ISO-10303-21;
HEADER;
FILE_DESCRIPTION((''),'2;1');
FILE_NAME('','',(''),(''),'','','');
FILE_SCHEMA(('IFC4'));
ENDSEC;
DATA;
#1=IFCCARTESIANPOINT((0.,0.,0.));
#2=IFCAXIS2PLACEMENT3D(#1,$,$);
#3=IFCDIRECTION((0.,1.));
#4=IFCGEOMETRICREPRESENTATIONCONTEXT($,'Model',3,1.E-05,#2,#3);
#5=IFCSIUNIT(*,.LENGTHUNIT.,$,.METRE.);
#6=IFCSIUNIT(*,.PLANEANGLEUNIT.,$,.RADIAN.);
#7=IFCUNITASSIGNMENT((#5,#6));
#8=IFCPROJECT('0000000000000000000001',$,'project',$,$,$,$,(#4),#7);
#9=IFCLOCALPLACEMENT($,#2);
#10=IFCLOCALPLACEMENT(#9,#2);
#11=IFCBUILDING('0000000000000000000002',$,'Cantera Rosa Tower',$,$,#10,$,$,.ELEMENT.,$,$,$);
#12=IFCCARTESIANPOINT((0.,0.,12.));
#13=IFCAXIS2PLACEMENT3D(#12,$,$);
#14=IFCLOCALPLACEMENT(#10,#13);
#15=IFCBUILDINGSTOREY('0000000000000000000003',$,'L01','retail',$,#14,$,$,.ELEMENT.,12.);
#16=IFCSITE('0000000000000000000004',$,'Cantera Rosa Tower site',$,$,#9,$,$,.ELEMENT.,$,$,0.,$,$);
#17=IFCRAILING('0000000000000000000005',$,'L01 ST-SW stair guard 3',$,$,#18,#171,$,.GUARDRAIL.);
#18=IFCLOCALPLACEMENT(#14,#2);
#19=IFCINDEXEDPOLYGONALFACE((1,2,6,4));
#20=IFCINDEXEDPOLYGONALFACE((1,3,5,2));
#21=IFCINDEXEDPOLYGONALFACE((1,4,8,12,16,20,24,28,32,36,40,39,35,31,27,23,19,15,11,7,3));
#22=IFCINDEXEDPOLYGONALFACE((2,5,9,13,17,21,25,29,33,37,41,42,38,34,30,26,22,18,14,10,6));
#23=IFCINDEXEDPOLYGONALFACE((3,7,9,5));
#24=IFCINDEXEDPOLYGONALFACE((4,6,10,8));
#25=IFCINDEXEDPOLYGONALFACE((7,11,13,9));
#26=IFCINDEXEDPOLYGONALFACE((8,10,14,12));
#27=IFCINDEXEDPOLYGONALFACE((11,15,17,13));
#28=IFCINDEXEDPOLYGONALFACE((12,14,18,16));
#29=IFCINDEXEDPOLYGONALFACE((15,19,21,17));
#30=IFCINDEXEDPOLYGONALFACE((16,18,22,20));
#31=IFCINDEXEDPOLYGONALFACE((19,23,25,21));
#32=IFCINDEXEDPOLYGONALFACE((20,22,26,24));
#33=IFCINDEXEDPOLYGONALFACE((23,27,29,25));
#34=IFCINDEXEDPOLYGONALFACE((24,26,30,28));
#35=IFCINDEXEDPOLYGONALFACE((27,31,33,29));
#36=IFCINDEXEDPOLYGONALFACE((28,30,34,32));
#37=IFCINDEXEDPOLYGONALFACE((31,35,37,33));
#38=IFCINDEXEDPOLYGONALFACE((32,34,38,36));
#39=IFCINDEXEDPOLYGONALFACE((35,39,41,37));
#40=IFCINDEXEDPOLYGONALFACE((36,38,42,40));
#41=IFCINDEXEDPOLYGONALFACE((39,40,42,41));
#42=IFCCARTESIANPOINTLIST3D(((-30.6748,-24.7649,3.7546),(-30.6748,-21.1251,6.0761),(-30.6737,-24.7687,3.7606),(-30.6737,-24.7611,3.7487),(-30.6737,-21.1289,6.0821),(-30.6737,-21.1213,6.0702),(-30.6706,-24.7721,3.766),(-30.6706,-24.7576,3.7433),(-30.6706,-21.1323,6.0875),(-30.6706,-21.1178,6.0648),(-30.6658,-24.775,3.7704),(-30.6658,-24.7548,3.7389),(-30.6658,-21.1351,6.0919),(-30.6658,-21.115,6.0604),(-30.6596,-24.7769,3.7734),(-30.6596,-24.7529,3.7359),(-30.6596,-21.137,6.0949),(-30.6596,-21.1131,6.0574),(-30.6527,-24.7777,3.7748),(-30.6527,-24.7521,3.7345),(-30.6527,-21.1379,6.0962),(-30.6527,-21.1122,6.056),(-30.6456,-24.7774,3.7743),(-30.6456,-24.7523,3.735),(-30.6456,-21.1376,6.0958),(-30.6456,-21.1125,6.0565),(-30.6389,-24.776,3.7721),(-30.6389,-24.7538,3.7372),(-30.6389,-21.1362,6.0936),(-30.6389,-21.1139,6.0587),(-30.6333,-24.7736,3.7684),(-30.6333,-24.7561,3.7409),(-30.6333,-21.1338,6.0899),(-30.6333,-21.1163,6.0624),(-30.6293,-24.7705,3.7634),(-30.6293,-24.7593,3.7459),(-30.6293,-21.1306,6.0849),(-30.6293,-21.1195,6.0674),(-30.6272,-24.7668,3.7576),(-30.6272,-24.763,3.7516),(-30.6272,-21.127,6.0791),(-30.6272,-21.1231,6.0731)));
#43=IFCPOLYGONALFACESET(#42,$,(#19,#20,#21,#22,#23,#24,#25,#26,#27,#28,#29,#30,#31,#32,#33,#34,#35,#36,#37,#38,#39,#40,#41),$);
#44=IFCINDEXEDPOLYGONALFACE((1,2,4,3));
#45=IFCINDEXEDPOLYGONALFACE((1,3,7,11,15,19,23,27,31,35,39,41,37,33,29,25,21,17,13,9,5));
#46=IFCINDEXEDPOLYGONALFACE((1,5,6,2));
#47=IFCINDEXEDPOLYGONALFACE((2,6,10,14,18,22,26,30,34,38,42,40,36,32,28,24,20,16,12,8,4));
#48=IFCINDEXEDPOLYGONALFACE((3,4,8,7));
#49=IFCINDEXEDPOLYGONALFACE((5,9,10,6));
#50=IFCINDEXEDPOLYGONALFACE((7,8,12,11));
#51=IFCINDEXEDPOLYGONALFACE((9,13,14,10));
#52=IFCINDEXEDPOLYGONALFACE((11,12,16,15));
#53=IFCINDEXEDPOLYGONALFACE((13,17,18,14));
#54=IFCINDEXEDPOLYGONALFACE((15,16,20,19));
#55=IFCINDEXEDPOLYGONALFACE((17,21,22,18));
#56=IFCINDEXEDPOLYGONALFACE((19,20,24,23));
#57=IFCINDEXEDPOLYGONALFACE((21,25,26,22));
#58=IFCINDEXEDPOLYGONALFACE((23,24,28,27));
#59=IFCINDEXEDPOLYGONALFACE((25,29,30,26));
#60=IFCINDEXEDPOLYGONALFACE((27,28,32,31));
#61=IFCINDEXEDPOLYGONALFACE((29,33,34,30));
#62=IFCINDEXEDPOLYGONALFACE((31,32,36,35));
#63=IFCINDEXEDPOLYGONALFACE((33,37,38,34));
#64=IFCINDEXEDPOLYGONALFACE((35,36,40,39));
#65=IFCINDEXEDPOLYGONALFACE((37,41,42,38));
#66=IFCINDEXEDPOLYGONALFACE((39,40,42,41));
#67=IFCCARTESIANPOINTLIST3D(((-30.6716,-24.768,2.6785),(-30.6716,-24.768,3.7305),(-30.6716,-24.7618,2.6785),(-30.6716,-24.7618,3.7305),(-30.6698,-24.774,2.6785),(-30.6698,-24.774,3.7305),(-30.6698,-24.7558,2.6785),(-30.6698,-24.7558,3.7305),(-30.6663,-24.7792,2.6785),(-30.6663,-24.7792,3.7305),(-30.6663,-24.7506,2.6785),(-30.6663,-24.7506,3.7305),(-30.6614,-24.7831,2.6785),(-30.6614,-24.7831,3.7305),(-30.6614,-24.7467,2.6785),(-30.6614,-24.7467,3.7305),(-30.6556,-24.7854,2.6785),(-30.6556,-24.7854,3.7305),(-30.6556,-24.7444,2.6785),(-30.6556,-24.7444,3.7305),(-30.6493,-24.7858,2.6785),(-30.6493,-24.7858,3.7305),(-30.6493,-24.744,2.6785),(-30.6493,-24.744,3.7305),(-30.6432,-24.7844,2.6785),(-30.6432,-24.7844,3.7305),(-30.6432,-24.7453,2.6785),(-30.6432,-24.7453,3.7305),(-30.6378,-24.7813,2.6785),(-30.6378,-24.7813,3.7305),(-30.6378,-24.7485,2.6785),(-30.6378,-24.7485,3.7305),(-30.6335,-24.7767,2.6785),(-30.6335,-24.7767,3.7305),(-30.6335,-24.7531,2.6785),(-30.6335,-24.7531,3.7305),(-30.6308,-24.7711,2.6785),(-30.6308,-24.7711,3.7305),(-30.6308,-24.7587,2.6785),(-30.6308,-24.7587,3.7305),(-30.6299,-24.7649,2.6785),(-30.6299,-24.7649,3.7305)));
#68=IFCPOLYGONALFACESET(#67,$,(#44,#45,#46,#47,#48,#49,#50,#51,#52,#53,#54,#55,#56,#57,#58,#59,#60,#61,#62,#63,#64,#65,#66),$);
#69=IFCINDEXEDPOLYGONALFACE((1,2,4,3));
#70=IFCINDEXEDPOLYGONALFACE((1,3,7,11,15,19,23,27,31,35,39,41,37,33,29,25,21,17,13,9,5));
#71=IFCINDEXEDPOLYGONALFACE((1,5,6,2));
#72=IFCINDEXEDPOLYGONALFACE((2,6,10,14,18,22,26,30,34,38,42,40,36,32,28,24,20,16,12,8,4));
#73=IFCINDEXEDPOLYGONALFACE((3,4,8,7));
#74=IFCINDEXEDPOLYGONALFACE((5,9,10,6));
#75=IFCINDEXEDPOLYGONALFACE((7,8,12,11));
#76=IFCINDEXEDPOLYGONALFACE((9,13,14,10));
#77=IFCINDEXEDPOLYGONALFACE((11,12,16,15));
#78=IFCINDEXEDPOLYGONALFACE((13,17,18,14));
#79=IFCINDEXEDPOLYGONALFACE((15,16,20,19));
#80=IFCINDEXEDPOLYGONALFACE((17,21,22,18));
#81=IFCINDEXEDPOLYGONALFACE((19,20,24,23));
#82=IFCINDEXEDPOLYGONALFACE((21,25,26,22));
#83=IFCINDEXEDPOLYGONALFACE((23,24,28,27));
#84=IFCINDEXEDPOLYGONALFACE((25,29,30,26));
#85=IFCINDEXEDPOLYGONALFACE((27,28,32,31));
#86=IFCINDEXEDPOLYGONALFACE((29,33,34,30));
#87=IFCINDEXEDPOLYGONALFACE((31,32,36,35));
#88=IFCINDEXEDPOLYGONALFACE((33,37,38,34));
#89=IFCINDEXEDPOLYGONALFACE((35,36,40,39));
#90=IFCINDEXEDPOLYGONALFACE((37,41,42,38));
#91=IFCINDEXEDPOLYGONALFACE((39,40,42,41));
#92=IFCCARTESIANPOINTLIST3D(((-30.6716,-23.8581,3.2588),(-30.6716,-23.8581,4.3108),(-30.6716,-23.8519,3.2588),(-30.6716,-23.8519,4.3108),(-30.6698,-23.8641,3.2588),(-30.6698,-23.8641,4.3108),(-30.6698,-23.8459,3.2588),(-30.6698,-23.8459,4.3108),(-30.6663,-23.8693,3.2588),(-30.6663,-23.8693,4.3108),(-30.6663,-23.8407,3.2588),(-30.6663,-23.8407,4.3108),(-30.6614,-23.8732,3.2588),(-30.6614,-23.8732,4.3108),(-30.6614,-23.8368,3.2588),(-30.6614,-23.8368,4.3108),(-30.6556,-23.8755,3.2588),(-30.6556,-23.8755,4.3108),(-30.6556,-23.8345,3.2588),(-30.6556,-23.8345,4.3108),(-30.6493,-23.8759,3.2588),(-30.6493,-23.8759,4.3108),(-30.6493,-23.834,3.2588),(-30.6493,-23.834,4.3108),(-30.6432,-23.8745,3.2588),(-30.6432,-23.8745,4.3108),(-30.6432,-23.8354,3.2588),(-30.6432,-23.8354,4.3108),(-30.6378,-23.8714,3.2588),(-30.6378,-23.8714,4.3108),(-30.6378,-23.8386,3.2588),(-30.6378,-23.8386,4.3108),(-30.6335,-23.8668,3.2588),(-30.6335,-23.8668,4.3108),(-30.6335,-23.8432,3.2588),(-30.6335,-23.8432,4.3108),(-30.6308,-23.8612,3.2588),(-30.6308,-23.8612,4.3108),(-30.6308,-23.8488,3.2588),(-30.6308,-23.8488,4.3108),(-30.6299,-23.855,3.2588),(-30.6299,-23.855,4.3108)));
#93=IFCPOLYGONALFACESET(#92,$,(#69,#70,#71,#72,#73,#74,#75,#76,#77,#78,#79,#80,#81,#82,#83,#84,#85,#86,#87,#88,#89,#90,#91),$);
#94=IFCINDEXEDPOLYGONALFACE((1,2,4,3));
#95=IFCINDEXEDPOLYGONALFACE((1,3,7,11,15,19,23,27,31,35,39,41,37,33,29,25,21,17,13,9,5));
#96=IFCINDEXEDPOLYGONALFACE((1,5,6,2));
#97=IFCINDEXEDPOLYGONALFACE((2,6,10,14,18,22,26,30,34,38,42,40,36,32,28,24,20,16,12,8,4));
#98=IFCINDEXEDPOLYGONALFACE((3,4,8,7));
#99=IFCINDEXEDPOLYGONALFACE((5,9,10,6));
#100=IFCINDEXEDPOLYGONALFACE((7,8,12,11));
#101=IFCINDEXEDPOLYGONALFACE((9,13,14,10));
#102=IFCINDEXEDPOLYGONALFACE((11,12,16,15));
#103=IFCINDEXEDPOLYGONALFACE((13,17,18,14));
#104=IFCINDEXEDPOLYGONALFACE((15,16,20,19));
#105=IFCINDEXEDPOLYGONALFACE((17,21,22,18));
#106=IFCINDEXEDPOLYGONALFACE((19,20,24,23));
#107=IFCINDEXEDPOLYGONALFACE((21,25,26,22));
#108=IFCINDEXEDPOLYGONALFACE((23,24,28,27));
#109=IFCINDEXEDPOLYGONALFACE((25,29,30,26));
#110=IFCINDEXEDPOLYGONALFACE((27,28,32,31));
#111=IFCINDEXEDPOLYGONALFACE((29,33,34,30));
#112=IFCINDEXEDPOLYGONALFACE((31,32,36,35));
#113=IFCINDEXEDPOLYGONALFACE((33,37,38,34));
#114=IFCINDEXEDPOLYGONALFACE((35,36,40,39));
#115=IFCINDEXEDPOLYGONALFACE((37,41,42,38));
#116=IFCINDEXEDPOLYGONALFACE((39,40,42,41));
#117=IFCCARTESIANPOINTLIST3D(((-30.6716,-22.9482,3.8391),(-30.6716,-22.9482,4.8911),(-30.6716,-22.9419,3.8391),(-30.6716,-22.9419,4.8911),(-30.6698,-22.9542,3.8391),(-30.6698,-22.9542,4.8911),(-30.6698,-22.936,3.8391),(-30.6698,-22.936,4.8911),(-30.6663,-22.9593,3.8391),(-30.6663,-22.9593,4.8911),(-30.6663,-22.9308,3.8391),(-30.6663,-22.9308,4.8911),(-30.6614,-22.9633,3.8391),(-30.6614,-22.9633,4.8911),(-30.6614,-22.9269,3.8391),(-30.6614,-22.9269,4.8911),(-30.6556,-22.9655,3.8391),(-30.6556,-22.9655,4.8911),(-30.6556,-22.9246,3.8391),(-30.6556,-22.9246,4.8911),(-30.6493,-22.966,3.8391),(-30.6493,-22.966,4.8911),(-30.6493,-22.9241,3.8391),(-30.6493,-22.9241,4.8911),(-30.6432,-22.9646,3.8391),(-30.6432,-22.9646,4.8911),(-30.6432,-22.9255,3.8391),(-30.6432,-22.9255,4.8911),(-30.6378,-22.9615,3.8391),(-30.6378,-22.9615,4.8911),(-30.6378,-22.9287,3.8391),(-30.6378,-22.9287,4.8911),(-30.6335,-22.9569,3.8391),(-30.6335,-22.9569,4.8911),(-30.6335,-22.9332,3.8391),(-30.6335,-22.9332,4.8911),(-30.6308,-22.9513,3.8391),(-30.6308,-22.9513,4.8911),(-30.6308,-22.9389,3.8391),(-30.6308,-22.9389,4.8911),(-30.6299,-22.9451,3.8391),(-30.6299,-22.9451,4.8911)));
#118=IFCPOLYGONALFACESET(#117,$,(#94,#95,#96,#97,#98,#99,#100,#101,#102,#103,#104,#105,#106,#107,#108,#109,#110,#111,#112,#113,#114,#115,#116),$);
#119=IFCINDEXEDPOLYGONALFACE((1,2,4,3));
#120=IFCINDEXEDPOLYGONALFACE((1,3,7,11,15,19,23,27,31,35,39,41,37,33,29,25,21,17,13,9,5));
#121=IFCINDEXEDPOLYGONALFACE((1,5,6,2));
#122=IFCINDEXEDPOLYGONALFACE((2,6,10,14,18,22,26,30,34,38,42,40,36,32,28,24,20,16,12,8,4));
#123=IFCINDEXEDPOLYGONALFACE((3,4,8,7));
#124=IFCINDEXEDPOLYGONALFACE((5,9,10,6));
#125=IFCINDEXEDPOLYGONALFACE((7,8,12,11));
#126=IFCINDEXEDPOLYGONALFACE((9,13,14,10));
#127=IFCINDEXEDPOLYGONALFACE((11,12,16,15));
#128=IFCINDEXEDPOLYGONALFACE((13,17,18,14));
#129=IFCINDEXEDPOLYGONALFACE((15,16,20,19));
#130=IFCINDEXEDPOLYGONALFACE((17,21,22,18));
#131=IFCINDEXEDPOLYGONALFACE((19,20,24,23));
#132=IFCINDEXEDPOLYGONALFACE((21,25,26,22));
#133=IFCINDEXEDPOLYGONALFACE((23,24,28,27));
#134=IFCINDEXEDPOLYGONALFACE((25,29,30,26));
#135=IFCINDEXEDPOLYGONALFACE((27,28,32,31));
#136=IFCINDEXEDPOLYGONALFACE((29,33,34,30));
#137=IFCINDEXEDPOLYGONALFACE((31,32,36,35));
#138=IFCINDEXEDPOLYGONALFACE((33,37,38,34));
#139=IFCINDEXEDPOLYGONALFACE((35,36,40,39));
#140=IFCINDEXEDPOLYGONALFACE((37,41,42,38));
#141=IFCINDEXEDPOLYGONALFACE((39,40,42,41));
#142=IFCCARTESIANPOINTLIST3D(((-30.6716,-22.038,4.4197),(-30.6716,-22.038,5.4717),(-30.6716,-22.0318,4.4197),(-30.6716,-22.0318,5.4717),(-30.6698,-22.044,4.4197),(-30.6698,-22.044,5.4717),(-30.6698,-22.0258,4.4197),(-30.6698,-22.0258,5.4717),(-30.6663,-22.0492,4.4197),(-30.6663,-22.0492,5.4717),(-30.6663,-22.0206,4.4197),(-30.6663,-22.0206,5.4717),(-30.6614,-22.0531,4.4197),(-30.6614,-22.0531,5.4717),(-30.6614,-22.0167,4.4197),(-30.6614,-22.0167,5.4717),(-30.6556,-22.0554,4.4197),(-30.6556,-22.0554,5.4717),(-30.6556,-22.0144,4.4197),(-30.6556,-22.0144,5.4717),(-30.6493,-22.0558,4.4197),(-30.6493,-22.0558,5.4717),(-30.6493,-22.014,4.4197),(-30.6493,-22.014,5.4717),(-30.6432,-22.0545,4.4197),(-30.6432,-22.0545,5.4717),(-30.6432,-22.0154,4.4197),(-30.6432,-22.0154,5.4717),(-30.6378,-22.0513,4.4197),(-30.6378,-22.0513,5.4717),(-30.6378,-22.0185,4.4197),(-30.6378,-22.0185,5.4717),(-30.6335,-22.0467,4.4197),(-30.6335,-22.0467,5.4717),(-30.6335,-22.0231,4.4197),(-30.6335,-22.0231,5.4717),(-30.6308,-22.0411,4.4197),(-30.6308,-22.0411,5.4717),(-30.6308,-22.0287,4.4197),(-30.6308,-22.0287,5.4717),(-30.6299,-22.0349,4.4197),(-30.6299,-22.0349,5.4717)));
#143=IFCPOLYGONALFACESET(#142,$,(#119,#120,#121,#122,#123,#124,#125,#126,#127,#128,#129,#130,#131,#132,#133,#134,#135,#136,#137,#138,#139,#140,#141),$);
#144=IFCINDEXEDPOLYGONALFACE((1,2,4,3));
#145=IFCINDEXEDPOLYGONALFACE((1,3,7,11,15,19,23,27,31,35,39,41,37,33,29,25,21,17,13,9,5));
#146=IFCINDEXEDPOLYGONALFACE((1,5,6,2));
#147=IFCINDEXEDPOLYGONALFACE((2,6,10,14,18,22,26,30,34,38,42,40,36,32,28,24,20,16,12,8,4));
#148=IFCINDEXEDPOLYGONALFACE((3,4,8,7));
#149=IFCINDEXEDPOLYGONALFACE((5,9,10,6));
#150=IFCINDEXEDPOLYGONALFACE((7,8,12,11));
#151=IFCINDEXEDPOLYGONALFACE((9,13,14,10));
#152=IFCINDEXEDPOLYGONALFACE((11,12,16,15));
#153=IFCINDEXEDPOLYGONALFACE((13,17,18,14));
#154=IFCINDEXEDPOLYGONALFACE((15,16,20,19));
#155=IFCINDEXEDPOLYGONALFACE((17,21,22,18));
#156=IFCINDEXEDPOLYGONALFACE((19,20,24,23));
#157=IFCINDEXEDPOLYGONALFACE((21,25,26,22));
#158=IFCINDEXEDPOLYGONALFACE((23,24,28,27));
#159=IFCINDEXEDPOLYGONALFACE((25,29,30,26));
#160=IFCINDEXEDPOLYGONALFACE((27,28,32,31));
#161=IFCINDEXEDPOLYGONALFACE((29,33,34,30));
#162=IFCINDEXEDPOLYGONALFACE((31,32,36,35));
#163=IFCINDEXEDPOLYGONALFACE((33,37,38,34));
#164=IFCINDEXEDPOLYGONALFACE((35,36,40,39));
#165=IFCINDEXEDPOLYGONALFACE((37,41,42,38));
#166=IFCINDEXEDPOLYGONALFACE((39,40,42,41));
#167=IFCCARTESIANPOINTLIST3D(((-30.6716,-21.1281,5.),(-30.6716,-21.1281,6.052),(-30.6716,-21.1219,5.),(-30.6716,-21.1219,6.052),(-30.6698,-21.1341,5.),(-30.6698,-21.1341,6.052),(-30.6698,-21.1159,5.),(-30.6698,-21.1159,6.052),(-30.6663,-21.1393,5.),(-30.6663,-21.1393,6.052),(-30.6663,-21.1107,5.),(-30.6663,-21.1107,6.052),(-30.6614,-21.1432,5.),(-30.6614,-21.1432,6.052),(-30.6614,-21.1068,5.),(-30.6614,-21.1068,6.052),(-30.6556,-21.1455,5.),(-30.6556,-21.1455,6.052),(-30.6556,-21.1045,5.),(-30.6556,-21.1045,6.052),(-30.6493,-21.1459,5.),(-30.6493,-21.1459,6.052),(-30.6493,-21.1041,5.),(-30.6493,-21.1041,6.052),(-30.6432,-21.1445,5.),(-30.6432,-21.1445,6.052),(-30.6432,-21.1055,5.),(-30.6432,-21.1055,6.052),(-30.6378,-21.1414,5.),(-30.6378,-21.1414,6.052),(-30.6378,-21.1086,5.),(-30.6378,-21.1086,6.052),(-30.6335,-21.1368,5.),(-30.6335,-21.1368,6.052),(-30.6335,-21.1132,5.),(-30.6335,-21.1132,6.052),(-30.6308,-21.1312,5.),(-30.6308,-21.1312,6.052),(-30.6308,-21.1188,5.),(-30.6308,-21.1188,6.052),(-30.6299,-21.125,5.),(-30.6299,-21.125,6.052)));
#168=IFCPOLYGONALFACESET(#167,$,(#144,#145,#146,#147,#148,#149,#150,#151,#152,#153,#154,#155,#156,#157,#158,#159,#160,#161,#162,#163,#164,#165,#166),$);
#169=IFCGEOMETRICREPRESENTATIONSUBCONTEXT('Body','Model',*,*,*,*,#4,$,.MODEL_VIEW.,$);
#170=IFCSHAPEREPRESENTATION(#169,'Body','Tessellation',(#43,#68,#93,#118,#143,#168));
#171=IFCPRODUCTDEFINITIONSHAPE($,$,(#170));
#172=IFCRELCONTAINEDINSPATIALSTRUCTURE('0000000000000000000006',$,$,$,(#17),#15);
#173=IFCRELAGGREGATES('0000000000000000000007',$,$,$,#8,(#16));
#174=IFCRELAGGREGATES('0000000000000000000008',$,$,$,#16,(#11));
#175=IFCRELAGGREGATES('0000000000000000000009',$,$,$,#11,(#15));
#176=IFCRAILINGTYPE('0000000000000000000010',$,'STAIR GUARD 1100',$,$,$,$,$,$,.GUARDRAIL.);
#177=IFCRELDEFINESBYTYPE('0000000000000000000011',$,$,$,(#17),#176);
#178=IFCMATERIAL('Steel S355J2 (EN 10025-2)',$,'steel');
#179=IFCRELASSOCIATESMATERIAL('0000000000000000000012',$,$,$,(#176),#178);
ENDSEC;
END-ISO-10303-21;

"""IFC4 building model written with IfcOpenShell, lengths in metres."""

from ifc_helpers import new_model, si_unit, direction, frame, origin, origin_2d, place, context, subcontext, project, spatial, circle, extrude, material, type_object, element, save


model = new_model("IFC4")

# Units and contexts
model_context = context("Model", 3, precision=1e-05, world=origin(), true_north=direction((0.0, 1.0)))
body_context = subcontext(model_context, "Body", "Model", "MODEL_VIEW")
ifc_project = project(units=[si_unit("LENGTHUNIT", "METRE"), si_unit("PLANEANGLEUNIT", "RADIAN")], contexts=[model_context])

# Site, building, storey
site_placement = place(None, origin())
site = spatial("IfcSite", under=ifc_project, at=site_placement, Name="Cantera Rosa Tower site", CompositionType="ELEMENT", RefElevation=0.0)
building_placement = place(site_placement, origin())
building = spatial("IfcBuilding", under=site, at=building_placement, Name="Cantera Rosa Tower", CompositionType="ELEMENT")
storey_placement = place(building_placement, frame((0.0, 0.0, 12.0)))
storey = spatial("IfcBuildingStorey", under=building, at=storey_placement, Name="L01", Description="retail", CompositionType="ELEMENT", Elevation=12.0)

# Railing
ifc_material_1 = material(Name="Steel S355J2 (EN 10025-2)", Category="steel")
railing_type_1 = type_object("IfcRailingType", Name="STAIR GUARD 1100", PredefinedType="GUARDRAIL", material=ifc_material_1)
railing_1_placement = place(storey_placement, frame((-30.6509, -24.7649, 2.6785)))
element("IfcRailing", 1, at=railing_1_placement, inside=storey, type_object=railing_type_1, Name="L01 ST-SW stair guard 3", PredefinedType="GUARDRAIL", context=body_context, shape_type="SweptSolid", body=[
    extrude(circle(Radius=0.0239, at=origin_2d()), frame((0.0, 0.0, 1.0762), z_axis=(0.0, 0.843112, 0.537739), x_axis=(-1.0, 0.0, 0.0)), (0.0, 0.0, 1.0), 4.3171),
    extrude(circle(Radius=0.021, at=origin_2d()), origin(), (0.0, 0.0, 1.0), 1.052),
    extrude(circle(Radius=0.021, at=origin_2d()), frame((0.0, 0.9099, 0.5803)), (0.0, 0.0, 1.0), 1.052),
    extrude(circle(Radius=0.021, at=origin_2d()), frame((0.0, 1.8198, 1.1606)), (0.0, 0.0, 1.0), 1.052),
    extrude(circle(Radius=0.021, at=origin_2d()), frame((0.0, 2.73, 1.7412)), (0.0, 0.0, 1.0), 1.052),
    extrude(circle(Radius=0.021, at=origin_2d()), frame((0.0, 3.6399, 2.3215)), (0.0, 0.0, 1.0), 1.052),
])

save(model, "model.ifc")
